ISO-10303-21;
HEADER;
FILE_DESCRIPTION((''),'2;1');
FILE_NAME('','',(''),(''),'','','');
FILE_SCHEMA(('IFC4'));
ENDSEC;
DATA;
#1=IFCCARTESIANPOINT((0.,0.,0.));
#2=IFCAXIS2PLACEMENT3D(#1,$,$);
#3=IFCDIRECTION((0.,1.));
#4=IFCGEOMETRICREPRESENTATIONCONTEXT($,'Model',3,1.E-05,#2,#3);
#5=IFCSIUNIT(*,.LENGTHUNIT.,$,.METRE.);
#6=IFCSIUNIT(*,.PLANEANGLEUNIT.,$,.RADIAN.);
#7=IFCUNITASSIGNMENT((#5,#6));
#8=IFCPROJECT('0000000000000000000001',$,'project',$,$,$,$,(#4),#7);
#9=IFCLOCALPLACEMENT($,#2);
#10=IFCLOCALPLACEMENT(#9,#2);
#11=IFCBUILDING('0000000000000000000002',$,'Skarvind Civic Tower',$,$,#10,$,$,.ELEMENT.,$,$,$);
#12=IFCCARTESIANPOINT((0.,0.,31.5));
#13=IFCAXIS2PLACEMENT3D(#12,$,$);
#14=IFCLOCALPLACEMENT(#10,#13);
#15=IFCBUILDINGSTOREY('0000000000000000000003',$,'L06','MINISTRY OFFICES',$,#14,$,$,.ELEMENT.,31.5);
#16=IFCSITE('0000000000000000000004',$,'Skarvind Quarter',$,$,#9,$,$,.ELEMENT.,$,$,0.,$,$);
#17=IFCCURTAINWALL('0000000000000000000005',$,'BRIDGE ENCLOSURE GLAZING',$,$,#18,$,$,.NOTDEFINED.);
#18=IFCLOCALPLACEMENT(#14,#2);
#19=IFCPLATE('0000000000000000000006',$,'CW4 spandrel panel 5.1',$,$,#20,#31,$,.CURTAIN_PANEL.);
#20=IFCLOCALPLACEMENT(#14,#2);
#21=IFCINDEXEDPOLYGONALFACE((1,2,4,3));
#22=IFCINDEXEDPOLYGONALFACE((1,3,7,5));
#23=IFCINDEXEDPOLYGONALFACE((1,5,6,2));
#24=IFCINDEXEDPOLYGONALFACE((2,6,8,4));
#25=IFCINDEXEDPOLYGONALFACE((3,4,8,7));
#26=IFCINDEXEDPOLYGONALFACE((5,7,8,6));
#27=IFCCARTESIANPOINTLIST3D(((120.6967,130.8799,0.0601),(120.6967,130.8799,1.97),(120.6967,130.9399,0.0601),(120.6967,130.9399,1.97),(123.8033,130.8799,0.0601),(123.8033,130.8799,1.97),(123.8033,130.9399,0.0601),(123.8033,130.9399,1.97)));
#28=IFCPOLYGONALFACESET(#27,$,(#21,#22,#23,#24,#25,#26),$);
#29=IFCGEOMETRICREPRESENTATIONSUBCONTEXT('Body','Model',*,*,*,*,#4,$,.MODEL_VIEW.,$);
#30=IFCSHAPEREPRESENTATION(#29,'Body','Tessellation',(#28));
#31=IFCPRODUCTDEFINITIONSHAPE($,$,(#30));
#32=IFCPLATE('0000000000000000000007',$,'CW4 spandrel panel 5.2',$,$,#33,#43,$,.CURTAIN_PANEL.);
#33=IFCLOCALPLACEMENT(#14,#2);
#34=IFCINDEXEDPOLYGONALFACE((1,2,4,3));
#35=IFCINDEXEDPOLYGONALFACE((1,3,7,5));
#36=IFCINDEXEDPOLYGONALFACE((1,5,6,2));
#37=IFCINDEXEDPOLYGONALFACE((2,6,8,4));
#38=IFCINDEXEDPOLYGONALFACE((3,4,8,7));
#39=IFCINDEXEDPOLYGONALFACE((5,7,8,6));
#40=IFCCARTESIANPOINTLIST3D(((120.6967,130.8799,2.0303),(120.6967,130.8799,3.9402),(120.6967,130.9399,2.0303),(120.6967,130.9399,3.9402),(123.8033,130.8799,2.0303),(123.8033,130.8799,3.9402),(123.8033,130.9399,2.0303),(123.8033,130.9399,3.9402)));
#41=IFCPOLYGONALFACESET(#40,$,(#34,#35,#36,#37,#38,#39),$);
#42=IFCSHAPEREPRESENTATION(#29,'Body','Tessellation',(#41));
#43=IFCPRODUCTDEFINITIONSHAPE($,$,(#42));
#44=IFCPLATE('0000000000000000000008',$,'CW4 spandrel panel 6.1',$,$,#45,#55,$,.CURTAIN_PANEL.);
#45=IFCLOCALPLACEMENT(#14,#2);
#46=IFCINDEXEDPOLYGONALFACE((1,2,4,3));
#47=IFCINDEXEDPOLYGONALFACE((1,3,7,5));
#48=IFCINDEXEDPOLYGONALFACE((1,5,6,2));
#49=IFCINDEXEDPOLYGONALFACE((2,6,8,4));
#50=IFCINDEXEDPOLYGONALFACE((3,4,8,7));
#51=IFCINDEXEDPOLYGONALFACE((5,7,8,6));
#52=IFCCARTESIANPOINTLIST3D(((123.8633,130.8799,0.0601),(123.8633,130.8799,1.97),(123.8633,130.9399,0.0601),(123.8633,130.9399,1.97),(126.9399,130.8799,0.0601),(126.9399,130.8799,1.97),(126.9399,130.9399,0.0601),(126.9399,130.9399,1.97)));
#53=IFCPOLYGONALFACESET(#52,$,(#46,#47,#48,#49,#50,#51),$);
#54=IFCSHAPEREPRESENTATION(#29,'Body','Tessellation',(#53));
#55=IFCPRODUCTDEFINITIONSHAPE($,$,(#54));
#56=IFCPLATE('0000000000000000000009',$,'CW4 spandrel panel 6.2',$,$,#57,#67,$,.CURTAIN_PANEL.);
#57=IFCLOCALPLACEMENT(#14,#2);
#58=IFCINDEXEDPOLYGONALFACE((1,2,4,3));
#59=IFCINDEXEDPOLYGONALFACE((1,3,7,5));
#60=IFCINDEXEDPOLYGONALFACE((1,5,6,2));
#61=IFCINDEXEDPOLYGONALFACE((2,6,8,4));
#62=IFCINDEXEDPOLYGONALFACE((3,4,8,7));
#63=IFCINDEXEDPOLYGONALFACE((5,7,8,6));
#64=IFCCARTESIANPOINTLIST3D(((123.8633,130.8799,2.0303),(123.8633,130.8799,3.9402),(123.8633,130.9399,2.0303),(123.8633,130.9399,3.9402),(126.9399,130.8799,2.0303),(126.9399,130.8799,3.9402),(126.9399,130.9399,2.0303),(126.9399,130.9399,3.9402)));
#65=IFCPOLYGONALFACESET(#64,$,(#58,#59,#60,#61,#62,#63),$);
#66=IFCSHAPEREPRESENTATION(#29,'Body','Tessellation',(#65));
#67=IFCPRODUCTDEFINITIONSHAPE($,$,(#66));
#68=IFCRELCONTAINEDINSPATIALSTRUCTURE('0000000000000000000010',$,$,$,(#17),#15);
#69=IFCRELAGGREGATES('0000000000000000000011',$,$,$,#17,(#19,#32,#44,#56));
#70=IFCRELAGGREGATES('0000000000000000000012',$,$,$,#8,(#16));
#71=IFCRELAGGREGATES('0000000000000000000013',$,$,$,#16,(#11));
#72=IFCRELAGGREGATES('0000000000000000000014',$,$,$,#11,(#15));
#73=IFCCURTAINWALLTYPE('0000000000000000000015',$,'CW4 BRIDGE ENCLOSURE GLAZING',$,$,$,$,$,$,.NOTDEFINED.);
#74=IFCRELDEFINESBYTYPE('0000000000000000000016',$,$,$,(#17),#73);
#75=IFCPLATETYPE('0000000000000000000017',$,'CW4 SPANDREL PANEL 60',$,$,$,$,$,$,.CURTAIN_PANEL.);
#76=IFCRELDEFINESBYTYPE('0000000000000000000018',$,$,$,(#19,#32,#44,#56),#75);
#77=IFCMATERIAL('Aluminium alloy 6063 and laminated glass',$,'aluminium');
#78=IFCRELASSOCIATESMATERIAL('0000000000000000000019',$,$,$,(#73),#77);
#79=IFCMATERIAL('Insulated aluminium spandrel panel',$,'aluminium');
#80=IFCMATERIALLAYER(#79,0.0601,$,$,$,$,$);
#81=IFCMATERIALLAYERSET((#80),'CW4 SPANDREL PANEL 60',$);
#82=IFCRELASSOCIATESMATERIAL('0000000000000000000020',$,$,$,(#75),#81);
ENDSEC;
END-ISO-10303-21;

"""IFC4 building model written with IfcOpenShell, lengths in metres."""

from ifc_helpers import new_model, si_unit, direction, frame, origin, origin_2d, place, context, subcontext, project, spatial, rectangle, extrude, material, layer, layer_set, type_object, element, aggregate, save


model = new_model("IFC4")

# Units and contexts
model_context = context("Model", 3, precision=1e-05, world=origin(), true_north=direction((0.0, 1.0)))
body_context = subcontext(model_context, "Body", "Model", "MODEL_VIEW")
ifc_project = project(units=[si_unit("LENGTHUNIT", "METRE"), si_unit("PLANEANGLEUNIT", "RADIAN")], contexts=[model_context])

# Site, building, storey
site_placement = place(None, origin())
site = spatial("IfcSite", under=ifc_project, at=site_placement, Name="Skarvind Quarter", CompositionType="ELEMENT", RefElevation=0.0)
building_placement = place(site_placement, origin())
building = spatial("IfcBuilding", under=site, at=building_placement, Name="Skarvind Civic Tower", CompositionType="ELEMENT")
storey_placement = place(building_placement, frame((0.0, 0.0, 31.5)))
storey = spatial("IfcBuildingStorey", under=building, at=storey_placement, Name="L06", Description="MINISTRY OFFICES", CompositionType="ELEMENT", Elevation=31.5)

# Shared definitions
ifc_material_1 = material(Name="Aluminium alloy 6063 and laminated glass", Category="aluminium")
curtain_wall_type = type_object("IfcCurtainWallType", Name="CW4 BRIDGE ENCLOSURE GLAZING", PredefinedType="NOTDEFINED", material=ifc_material_1)

# Curtain wall, plates
curtain_wall_1_placement = place(storey_placement, origin())
curtain_wall_1 = element("IfcCurtainWall", 1, at=curtain_wall_1_placement, inside=storey, type_object=curtain_wall_type, Name="BRIDGE ENCLOSURE GLAZING", PredefinedType="NOTDEFINED")
ifc_material_2 = material(Name="Insulated aluminium spandrel panel", Category="aluminium")
ifc_layer = layer(ifc_material_2, 0.0601)
ifc_layer_set = layer_set([ifc_layer], Name="CW4 SPANDREL PANEL 60")
plate_type = type_object("IfcPlateType", Name="CW4 SPANDREL PANEL 60", PredefinedType="CURTAIN_PANEL", material=ifc_layer_set)
plate_1_placement = place(storey_placement, frame((122.25, 130.9099, 0.0601), z_axis=(0.0, 0.0, 1.0), x_axis=(1.0, 0.0, 0.0)))
plate_1 = element("IfcPlate", 2, at=plate_1_placement, type_object=plate_type, Name="CW4 spandrel panel 5.1", PredefinedType="CURTAIN_PANEL", context=body_context, shape_type="SweptSolid", body=[
    extrude(rectangle(XDim=3.1067, YDim=0.0601, at=origin_2d()), origin(), (0.0, 0.0, 1.0), 1.9099),
])
plate_2_placement = place(storey_placement, frame((122.25, 130.9099, 2.0303), z_axis=(0.0, 0.0, 1.0), x_axis=(1.0, 0.0, 0.0)))
plate_2 = element("IfcPlate", 3, at=plate_2_placement, type_object=plate_type, Name="CW4 spandrel panel 5.2", PredefinedType="CURTAIN_PANEL", context=body_context, shape_type="SweptSolid", body=[
    extrude(rectangle(XDim=3.1067, YDim=0.0601, at=origin_2d()), origin(), (0.0, 0.0, 1.0), 1.9099),
])
plate_3_placement = place(storey_placement, frame((125.4016, 130.9099, 0.0601), z_axis=(0.0, 0.0, 1.0), x_axis=(1.0, 0.0, 0.0)))
plate_3 = element("IfcPlate", 4, at=plate_3_placement, type_object=plate_type, Name="CW4 spandrel panel 6.1", PredefinedType="CURTAIN_PANEL", context=body_context, shape_type="SweptSolid", body=[
    extrude(rectangle(XDim=3.0767, YDim=0.0601, at=origin_2d()), origin(), (0.0, 0.0, 1.0), 1.9099),
])
plate_4_placement = place(storey_placement, frame((125.4016, 130.9099, 2.0303), z_axis=(0.0, 0.0, 1.0), x_axis=(1.0, 0.0, 0.0)))
plate_4 = element("IfcPlate", 5, at=plate_4_placement, type_object=plate_type, Name="CW4 spandrel panel 6.2", PredefinedType="CURTAIN_PANEL", context=body_context, shape_type="SweptSolid", body=[
    extrude(rectangle(XDim=3.0767, YDim=0.0601, at=origin_2d()), origin(), (0.0, 0.0, 1.0), 1.9099),
])
aggregate(curtain_wall_1, [plate_1, plate_2, plate_3, plate_4])

save(model, "model.ifc")
